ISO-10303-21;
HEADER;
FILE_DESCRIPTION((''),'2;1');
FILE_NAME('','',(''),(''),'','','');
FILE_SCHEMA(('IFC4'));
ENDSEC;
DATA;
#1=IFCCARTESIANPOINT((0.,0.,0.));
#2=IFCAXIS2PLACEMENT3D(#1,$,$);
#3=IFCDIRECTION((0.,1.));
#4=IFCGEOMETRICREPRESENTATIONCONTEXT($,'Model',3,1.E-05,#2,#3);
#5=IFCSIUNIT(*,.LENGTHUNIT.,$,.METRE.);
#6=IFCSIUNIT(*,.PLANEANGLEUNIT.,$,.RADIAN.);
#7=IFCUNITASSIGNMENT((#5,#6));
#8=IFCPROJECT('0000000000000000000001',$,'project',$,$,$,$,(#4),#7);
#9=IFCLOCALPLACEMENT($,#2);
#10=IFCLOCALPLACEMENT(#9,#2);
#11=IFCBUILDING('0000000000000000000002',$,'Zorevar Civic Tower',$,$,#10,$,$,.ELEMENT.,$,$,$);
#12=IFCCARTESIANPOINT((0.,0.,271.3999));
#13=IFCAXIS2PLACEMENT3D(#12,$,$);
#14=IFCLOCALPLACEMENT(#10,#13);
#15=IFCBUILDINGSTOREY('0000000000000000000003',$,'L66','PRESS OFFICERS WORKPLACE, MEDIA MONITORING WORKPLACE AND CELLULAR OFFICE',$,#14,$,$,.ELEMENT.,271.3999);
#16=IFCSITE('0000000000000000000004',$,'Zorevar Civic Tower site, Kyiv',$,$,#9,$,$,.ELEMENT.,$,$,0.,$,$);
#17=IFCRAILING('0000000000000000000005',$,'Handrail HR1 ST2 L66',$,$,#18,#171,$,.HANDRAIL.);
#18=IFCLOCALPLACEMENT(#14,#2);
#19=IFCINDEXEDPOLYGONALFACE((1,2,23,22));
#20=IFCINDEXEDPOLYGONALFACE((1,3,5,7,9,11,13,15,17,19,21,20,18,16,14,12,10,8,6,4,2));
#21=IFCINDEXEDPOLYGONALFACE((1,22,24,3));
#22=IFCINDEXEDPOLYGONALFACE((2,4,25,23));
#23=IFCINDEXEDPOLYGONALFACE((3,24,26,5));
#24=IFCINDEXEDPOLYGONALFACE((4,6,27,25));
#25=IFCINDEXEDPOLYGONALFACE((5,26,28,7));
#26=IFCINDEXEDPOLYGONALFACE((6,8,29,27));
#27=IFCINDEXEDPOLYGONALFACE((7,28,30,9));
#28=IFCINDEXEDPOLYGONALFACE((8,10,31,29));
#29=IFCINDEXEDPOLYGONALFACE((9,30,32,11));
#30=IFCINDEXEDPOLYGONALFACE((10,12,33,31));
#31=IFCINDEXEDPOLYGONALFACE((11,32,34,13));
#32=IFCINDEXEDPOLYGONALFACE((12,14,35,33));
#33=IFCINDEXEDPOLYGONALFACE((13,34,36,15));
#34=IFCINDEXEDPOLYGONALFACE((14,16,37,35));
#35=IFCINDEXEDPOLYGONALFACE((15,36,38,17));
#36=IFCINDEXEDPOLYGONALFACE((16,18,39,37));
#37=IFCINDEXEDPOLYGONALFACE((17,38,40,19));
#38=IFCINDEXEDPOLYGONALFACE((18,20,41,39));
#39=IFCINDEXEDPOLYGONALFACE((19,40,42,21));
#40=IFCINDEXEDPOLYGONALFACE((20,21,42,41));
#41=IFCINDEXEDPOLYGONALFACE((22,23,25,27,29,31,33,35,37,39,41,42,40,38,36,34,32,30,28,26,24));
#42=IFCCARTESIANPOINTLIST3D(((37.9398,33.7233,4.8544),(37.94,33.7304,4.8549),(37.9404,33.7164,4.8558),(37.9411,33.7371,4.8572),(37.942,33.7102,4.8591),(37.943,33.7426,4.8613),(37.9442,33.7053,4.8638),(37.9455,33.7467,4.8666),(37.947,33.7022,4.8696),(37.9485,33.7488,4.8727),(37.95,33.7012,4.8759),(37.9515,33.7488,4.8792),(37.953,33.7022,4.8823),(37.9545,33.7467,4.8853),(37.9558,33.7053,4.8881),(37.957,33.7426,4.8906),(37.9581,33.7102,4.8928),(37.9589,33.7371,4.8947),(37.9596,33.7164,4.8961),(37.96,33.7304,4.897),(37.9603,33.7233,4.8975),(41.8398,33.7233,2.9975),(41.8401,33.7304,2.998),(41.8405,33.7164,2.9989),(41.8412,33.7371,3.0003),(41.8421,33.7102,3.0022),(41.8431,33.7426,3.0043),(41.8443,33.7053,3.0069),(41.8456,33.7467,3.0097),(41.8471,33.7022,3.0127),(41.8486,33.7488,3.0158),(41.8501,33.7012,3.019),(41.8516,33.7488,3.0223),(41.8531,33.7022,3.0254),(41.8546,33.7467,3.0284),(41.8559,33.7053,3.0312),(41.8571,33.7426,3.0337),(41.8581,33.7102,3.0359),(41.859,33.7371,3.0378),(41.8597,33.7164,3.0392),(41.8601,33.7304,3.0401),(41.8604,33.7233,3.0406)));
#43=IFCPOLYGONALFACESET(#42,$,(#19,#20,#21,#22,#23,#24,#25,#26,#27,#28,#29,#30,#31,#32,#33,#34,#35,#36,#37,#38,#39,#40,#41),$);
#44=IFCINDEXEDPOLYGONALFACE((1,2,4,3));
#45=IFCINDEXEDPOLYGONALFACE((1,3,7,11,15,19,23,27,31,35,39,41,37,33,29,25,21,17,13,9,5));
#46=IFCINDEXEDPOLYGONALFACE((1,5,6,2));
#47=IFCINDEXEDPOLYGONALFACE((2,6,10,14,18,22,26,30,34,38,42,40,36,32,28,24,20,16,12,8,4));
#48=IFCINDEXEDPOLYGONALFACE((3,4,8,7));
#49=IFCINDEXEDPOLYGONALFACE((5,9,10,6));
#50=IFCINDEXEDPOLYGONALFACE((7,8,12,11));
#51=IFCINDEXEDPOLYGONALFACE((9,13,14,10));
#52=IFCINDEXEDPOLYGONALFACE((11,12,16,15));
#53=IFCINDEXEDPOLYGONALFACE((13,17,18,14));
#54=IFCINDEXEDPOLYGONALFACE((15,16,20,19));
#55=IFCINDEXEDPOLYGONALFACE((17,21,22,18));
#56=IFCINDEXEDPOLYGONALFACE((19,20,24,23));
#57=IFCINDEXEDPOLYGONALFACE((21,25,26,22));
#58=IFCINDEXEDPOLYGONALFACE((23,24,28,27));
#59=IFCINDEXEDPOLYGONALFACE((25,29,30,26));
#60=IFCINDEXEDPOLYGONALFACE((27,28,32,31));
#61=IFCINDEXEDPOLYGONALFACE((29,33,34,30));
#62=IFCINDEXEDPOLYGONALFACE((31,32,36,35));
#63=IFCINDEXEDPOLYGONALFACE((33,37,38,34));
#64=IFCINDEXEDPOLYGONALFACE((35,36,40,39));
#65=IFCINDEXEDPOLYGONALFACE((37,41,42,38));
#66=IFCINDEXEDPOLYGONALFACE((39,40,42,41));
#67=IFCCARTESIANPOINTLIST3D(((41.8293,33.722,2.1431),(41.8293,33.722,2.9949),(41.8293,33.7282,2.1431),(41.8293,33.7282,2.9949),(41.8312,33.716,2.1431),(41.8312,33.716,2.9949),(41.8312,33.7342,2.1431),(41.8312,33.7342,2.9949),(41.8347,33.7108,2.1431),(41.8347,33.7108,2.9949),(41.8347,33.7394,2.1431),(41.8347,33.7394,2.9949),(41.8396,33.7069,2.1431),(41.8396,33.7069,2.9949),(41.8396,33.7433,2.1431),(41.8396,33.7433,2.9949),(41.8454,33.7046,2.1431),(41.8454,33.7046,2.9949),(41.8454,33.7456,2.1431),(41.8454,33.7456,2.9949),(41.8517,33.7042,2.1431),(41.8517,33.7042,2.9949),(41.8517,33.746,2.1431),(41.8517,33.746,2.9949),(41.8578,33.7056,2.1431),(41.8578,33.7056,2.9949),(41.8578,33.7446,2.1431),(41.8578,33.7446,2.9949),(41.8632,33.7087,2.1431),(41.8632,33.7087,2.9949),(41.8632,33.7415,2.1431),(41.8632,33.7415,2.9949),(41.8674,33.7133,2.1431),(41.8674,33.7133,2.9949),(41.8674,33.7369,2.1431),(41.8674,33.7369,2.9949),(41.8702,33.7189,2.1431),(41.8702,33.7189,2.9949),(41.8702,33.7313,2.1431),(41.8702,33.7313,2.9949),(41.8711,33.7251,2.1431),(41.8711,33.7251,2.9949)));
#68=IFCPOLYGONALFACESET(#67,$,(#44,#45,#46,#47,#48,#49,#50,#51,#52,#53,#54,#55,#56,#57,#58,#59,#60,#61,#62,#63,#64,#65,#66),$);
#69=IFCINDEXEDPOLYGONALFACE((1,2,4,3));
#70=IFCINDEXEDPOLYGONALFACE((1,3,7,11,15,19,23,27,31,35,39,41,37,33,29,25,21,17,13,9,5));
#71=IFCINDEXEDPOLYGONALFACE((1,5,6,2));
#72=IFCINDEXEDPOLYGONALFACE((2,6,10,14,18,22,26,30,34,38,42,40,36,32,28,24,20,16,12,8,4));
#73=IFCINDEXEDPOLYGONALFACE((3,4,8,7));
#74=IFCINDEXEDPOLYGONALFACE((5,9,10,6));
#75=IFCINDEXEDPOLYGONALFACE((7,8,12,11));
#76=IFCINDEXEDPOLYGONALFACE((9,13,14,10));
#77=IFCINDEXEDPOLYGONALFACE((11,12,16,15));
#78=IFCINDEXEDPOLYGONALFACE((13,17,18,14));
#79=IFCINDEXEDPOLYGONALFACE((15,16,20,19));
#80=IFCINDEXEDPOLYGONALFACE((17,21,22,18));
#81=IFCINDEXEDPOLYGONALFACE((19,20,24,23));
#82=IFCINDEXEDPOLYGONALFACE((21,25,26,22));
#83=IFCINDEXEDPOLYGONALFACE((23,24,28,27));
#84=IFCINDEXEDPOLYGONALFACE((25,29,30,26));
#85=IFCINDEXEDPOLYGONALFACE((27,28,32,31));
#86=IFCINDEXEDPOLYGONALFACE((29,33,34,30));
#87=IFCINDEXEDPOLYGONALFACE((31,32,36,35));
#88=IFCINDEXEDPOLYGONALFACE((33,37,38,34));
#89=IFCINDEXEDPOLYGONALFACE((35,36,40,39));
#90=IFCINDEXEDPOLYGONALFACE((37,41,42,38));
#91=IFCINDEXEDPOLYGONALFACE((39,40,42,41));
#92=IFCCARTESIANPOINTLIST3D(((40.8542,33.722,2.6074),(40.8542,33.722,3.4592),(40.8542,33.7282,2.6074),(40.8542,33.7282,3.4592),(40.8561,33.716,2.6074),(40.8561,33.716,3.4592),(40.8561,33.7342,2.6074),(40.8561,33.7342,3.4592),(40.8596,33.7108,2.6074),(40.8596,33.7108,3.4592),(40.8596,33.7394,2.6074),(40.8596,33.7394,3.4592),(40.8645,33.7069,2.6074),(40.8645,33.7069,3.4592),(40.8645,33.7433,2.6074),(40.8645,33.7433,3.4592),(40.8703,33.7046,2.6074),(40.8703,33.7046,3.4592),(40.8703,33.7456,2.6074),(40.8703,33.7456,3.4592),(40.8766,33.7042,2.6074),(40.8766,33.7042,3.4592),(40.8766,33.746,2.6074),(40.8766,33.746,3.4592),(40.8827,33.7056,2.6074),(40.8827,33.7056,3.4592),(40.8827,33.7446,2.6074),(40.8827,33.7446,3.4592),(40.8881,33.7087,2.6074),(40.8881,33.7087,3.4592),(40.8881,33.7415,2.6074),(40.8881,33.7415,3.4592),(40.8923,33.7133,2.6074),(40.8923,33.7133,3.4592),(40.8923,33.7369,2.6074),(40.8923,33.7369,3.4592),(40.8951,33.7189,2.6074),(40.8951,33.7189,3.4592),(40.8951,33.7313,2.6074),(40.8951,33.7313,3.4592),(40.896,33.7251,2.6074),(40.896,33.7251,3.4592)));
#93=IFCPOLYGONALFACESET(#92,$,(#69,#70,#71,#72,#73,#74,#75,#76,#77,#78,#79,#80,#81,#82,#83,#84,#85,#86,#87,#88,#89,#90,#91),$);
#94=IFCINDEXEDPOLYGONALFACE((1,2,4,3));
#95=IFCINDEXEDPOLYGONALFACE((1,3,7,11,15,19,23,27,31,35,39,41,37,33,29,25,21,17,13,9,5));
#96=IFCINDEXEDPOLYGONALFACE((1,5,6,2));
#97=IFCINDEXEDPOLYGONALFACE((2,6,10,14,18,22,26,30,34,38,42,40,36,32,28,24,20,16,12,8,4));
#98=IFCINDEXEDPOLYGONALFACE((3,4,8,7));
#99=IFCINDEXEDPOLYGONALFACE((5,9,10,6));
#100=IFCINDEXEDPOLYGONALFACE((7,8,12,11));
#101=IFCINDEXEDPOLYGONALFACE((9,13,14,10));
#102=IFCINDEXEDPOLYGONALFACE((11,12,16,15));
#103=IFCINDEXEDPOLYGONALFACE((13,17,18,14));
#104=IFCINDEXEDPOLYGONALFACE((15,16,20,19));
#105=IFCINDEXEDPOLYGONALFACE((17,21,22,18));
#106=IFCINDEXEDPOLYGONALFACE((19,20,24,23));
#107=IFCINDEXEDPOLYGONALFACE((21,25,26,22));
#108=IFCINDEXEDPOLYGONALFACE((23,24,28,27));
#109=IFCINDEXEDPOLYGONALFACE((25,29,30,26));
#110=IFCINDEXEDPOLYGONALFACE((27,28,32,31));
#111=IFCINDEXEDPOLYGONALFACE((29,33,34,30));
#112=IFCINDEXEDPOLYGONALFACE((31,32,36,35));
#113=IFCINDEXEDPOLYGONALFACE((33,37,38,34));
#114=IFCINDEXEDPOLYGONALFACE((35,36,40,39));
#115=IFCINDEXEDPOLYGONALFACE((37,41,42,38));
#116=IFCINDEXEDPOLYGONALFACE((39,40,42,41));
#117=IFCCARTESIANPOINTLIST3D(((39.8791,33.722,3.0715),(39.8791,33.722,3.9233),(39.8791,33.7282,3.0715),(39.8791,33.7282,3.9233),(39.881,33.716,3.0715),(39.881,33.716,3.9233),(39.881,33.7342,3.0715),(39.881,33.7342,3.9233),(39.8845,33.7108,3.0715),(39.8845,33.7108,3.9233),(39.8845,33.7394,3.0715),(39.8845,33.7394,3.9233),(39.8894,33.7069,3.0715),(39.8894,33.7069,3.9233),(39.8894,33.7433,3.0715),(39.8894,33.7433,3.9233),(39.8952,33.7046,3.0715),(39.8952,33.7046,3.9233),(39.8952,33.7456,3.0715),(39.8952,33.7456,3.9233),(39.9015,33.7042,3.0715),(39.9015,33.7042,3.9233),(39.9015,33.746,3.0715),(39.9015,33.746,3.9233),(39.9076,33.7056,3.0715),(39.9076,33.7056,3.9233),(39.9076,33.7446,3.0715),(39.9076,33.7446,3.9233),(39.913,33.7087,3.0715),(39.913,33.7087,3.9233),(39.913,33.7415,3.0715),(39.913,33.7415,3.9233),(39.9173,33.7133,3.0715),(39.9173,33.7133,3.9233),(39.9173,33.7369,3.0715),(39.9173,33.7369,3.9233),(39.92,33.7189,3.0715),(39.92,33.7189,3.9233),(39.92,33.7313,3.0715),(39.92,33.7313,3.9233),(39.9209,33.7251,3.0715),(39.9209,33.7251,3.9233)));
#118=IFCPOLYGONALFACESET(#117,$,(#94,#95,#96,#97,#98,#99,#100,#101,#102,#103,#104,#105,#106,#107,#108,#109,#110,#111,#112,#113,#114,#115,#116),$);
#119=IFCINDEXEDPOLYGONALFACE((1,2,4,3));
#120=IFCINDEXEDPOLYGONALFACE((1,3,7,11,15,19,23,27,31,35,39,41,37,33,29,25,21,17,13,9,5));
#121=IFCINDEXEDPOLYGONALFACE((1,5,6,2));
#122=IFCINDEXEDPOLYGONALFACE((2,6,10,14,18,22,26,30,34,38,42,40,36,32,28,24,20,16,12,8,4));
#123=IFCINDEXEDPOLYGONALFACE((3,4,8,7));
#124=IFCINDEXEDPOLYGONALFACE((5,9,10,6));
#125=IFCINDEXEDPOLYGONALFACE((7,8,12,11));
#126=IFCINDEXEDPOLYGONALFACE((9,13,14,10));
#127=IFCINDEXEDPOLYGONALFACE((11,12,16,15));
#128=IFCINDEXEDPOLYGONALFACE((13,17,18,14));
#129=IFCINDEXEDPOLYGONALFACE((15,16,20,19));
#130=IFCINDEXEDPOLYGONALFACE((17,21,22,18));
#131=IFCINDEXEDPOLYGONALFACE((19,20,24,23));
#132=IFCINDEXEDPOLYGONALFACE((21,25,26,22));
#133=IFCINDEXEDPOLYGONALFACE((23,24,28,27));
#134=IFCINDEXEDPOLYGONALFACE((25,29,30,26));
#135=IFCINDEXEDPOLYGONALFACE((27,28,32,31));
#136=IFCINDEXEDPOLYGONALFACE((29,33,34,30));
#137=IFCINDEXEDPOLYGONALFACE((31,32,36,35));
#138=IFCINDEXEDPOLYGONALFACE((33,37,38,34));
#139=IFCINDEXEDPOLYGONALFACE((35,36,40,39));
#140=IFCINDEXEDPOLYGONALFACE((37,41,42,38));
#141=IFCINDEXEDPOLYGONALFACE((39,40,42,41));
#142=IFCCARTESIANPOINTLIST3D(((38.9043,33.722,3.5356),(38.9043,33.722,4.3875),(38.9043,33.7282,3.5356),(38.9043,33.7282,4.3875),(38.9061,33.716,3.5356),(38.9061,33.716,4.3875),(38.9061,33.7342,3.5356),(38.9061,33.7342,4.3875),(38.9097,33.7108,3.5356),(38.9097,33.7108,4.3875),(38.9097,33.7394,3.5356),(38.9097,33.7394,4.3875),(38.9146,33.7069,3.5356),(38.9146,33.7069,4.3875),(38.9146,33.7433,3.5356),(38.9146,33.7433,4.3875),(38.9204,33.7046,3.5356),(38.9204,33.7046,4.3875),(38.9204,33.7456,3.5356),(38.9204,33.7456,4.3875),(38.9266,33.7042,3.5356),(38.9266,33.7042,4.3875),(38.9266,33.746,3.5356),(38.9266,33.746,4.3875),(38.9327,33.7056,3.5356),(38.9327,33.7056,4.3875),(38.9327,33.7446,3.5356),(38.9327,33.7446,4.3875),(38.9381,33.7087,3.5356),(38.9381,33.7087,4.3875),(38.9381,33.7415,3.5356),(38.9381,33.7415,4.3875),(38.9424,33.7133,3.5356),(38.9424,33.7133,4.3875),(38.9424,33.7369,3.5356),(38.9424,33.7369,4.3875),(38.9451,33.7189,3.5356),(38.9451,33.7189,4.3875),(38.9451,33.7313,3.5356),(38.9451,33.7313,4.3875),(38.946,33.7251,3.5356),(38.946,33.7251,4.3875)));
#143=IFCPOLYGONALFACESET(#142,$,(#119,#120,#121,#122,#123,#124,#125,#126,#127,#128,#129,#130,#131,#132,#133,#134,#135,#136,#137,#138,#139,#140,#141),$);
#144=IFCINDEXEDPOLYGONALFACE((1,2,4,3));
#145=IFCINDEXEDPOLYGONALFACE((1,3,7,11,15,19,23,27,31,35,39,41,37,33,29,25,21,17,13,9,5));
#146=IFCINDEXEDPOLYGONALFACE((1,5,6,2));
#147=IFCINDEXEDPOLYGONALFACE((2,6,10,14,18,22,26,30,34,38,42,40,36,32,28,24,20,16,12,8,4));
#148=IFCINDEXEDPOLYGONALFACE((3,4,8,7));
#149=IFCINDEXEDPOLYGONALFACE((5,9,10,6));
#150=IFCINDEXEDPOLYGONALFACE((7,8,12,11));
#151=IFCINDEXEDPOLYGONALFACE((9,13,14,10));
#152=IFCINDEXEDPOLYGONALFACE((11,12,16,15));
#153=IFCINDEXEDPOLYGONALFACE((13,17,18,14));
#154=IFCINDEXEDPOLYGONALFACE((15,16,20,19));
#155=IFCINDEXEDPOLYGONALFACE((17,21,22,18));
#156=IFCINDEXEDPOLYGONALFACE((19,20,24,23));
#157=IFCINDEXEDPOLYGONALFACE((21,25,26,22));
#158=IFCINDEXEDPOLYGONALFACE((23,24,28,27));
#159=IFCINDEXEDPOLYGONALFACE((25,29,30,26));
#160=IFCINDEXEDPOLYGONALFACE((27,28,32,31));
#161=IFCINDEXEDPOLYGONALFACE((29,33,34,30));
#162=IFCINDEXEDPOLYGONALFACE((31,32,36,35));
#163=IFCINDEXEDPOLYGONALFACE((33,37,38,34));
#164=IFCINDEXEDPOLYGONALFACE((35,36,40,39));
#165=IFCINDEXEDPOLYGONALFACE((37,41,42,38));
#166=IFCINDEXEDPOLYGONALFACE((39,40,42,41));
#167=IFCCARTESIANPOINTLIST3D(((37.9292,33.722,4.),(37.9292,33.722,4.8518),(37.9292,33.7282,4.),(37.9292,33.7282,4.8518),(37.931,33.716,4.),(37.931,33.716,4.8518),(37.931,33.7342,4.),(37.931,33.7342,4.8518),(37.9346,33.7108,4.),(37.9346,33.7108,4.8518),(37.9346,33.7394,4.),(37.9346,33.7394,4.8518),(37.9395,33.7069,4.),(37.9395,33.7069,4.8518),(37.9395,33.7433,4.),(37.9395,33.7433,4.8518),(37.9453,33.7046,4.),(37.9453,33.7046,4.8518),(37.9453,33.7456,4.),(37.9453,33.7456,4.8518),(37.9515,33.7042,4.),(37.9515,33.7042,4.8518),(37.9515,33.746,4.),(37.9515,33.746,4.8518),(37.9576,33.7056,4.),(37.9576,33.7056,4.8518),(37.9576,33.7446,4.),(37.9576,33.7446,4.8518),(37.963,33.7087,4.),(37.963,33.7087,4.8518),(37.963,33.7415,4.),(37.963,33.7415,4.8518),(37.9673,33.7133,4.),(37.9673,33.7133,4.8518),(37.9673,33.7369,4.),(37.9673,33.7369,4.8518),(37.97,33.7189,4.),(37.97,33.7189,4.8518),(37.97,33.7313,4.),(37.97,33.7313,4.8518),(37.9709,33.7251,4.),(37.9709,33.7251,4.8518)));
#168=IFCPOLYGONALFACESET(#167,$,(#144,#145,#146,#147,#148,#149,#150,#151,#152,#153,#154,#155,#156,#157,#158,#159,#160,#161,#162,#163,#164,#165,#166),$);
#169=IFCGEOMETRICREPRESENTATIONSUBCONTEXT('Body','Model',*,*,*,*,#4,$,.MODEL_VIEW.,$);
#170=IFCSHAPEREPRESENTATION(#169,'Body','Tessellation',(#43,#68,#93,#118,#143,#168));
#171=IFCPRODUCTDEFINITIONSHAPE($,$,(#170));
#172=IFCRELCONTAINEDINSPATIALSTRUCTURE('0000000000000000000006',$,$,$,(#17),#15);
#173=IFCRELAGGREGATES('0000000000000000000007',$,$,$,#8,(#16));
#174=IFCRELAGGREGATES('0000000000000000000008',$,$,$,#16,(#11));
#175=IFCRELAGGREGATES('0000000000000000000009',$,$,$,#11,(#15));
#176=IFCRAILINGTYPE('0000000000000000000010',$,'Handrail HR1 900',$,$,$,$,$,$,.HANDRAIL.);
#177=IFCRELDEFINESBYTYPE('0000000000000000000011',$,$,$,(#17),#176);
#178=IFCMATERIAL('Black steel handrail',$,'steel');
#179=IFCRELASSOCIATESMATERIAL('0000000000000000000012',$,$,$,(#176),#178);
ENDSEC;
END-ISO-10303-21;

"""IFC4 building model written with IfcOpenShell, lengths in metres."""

from ifc_helpers import new_model, si_unit, direction, frame, origin, origin_2d, place, context, subcontext, project, spatial, circle, extrude, material, type_object, element, save


model = new_model("IFC4")

# Units and contexts
model_context = context("Model", 3, precision=1e-05, world=origin(), true_north=direction((0.0, 1.0)))
body_context = subcontext(model_context, "Body", "Model", "MODEL_VIEW")
ifc_project = project(units=[si_unit("LENGTHUNIT", "METRE"), si_unit("PLANEANGLEUNIT", "RADIAN")], contexts=[model_context])

# Site, building, storey
site_placement = place(None, origin())
site = spatial("IfcSite", under=ifc_project, at=site_placement, Name="Zorevar Civic Tower site, Kyiv", CompositionType="ELEMENT", RefElevation=0.0)
building_placement = place(site_placement, origin())
building = spatial("IfcBuilding", under=site, at=building_placement, Name="Zorevar Civic Tower", CompositionType="ELEMENT")
storey_placement = place(building_placement, frame((0.0, 0.0, 271.3999)))
storey = spatial("IfcBuildingStorey", under=building, at=storey_placement, Name="L66", Description="PRESS OFFICERS WORKPLACE, MEDIA MONITORING WORKPLACE AND CELLULAR OFFICE", CompositionType="ELEMENT", Elevation=271.3999)

# Railing
ifc_material_1 = material(Name="Black steel handrail", Category="steel")
railing_type = type_object("IfcRailingType", Name="Handrail HR1 900", PredefinedType="HANDRAIL", material=ifc_material_1)
railing_1_placement = place(storey_placement, frame((41.8501, 33.7251, 2.1431)))
element("IfcRailing", 1, at=railing_1_placement, inside=storey, type_object=railing_type, Name="Handrail HR1 ST2 L66", PredefinedType="HANDRAIL", context=body_context, shape_type="SweptSolid", body=[
    extrude(circle(Radius=0.0239, at=origin_2d()), frame((0.0, 0.0, 0.876), z_axis=(-0.902886, 0.0, 0.429881), x_axis=(0.0, -1.0, 0.0)), (0.0, 0.0, 1.0), 4.3196),
    extrude(circle(Radius=0.021, at=origin_2d()), origin(), (0.0, 0.0, 1.0), 0.8518),
    extrude(circle(Radius=0.021, at=origin_2d()), frame((-0.9751, 0.0, 0.4644)), (0.0, 0.0, 1.0), 0.8518),
    extrude(circle(Radius=0.021, at=origin_2d()), frame((-1.9502, 0.0, 0.9285)), (0.0, 0.0, 1.0), 0.8518),
    extrude(circle(Radius=0.021, at=origin_2d()), frame((-2.925, 0.0, 1.3926)), (0.0, 0.0, 1.0), 0.8518),
    extrude(circle(Radius=0.021, at=origin_2d()), frame((-3.9001, 0.0, 1.8569)), (0.0, 0.0, 1.0), 0.8518),
])

save(model, "model.ifc")
